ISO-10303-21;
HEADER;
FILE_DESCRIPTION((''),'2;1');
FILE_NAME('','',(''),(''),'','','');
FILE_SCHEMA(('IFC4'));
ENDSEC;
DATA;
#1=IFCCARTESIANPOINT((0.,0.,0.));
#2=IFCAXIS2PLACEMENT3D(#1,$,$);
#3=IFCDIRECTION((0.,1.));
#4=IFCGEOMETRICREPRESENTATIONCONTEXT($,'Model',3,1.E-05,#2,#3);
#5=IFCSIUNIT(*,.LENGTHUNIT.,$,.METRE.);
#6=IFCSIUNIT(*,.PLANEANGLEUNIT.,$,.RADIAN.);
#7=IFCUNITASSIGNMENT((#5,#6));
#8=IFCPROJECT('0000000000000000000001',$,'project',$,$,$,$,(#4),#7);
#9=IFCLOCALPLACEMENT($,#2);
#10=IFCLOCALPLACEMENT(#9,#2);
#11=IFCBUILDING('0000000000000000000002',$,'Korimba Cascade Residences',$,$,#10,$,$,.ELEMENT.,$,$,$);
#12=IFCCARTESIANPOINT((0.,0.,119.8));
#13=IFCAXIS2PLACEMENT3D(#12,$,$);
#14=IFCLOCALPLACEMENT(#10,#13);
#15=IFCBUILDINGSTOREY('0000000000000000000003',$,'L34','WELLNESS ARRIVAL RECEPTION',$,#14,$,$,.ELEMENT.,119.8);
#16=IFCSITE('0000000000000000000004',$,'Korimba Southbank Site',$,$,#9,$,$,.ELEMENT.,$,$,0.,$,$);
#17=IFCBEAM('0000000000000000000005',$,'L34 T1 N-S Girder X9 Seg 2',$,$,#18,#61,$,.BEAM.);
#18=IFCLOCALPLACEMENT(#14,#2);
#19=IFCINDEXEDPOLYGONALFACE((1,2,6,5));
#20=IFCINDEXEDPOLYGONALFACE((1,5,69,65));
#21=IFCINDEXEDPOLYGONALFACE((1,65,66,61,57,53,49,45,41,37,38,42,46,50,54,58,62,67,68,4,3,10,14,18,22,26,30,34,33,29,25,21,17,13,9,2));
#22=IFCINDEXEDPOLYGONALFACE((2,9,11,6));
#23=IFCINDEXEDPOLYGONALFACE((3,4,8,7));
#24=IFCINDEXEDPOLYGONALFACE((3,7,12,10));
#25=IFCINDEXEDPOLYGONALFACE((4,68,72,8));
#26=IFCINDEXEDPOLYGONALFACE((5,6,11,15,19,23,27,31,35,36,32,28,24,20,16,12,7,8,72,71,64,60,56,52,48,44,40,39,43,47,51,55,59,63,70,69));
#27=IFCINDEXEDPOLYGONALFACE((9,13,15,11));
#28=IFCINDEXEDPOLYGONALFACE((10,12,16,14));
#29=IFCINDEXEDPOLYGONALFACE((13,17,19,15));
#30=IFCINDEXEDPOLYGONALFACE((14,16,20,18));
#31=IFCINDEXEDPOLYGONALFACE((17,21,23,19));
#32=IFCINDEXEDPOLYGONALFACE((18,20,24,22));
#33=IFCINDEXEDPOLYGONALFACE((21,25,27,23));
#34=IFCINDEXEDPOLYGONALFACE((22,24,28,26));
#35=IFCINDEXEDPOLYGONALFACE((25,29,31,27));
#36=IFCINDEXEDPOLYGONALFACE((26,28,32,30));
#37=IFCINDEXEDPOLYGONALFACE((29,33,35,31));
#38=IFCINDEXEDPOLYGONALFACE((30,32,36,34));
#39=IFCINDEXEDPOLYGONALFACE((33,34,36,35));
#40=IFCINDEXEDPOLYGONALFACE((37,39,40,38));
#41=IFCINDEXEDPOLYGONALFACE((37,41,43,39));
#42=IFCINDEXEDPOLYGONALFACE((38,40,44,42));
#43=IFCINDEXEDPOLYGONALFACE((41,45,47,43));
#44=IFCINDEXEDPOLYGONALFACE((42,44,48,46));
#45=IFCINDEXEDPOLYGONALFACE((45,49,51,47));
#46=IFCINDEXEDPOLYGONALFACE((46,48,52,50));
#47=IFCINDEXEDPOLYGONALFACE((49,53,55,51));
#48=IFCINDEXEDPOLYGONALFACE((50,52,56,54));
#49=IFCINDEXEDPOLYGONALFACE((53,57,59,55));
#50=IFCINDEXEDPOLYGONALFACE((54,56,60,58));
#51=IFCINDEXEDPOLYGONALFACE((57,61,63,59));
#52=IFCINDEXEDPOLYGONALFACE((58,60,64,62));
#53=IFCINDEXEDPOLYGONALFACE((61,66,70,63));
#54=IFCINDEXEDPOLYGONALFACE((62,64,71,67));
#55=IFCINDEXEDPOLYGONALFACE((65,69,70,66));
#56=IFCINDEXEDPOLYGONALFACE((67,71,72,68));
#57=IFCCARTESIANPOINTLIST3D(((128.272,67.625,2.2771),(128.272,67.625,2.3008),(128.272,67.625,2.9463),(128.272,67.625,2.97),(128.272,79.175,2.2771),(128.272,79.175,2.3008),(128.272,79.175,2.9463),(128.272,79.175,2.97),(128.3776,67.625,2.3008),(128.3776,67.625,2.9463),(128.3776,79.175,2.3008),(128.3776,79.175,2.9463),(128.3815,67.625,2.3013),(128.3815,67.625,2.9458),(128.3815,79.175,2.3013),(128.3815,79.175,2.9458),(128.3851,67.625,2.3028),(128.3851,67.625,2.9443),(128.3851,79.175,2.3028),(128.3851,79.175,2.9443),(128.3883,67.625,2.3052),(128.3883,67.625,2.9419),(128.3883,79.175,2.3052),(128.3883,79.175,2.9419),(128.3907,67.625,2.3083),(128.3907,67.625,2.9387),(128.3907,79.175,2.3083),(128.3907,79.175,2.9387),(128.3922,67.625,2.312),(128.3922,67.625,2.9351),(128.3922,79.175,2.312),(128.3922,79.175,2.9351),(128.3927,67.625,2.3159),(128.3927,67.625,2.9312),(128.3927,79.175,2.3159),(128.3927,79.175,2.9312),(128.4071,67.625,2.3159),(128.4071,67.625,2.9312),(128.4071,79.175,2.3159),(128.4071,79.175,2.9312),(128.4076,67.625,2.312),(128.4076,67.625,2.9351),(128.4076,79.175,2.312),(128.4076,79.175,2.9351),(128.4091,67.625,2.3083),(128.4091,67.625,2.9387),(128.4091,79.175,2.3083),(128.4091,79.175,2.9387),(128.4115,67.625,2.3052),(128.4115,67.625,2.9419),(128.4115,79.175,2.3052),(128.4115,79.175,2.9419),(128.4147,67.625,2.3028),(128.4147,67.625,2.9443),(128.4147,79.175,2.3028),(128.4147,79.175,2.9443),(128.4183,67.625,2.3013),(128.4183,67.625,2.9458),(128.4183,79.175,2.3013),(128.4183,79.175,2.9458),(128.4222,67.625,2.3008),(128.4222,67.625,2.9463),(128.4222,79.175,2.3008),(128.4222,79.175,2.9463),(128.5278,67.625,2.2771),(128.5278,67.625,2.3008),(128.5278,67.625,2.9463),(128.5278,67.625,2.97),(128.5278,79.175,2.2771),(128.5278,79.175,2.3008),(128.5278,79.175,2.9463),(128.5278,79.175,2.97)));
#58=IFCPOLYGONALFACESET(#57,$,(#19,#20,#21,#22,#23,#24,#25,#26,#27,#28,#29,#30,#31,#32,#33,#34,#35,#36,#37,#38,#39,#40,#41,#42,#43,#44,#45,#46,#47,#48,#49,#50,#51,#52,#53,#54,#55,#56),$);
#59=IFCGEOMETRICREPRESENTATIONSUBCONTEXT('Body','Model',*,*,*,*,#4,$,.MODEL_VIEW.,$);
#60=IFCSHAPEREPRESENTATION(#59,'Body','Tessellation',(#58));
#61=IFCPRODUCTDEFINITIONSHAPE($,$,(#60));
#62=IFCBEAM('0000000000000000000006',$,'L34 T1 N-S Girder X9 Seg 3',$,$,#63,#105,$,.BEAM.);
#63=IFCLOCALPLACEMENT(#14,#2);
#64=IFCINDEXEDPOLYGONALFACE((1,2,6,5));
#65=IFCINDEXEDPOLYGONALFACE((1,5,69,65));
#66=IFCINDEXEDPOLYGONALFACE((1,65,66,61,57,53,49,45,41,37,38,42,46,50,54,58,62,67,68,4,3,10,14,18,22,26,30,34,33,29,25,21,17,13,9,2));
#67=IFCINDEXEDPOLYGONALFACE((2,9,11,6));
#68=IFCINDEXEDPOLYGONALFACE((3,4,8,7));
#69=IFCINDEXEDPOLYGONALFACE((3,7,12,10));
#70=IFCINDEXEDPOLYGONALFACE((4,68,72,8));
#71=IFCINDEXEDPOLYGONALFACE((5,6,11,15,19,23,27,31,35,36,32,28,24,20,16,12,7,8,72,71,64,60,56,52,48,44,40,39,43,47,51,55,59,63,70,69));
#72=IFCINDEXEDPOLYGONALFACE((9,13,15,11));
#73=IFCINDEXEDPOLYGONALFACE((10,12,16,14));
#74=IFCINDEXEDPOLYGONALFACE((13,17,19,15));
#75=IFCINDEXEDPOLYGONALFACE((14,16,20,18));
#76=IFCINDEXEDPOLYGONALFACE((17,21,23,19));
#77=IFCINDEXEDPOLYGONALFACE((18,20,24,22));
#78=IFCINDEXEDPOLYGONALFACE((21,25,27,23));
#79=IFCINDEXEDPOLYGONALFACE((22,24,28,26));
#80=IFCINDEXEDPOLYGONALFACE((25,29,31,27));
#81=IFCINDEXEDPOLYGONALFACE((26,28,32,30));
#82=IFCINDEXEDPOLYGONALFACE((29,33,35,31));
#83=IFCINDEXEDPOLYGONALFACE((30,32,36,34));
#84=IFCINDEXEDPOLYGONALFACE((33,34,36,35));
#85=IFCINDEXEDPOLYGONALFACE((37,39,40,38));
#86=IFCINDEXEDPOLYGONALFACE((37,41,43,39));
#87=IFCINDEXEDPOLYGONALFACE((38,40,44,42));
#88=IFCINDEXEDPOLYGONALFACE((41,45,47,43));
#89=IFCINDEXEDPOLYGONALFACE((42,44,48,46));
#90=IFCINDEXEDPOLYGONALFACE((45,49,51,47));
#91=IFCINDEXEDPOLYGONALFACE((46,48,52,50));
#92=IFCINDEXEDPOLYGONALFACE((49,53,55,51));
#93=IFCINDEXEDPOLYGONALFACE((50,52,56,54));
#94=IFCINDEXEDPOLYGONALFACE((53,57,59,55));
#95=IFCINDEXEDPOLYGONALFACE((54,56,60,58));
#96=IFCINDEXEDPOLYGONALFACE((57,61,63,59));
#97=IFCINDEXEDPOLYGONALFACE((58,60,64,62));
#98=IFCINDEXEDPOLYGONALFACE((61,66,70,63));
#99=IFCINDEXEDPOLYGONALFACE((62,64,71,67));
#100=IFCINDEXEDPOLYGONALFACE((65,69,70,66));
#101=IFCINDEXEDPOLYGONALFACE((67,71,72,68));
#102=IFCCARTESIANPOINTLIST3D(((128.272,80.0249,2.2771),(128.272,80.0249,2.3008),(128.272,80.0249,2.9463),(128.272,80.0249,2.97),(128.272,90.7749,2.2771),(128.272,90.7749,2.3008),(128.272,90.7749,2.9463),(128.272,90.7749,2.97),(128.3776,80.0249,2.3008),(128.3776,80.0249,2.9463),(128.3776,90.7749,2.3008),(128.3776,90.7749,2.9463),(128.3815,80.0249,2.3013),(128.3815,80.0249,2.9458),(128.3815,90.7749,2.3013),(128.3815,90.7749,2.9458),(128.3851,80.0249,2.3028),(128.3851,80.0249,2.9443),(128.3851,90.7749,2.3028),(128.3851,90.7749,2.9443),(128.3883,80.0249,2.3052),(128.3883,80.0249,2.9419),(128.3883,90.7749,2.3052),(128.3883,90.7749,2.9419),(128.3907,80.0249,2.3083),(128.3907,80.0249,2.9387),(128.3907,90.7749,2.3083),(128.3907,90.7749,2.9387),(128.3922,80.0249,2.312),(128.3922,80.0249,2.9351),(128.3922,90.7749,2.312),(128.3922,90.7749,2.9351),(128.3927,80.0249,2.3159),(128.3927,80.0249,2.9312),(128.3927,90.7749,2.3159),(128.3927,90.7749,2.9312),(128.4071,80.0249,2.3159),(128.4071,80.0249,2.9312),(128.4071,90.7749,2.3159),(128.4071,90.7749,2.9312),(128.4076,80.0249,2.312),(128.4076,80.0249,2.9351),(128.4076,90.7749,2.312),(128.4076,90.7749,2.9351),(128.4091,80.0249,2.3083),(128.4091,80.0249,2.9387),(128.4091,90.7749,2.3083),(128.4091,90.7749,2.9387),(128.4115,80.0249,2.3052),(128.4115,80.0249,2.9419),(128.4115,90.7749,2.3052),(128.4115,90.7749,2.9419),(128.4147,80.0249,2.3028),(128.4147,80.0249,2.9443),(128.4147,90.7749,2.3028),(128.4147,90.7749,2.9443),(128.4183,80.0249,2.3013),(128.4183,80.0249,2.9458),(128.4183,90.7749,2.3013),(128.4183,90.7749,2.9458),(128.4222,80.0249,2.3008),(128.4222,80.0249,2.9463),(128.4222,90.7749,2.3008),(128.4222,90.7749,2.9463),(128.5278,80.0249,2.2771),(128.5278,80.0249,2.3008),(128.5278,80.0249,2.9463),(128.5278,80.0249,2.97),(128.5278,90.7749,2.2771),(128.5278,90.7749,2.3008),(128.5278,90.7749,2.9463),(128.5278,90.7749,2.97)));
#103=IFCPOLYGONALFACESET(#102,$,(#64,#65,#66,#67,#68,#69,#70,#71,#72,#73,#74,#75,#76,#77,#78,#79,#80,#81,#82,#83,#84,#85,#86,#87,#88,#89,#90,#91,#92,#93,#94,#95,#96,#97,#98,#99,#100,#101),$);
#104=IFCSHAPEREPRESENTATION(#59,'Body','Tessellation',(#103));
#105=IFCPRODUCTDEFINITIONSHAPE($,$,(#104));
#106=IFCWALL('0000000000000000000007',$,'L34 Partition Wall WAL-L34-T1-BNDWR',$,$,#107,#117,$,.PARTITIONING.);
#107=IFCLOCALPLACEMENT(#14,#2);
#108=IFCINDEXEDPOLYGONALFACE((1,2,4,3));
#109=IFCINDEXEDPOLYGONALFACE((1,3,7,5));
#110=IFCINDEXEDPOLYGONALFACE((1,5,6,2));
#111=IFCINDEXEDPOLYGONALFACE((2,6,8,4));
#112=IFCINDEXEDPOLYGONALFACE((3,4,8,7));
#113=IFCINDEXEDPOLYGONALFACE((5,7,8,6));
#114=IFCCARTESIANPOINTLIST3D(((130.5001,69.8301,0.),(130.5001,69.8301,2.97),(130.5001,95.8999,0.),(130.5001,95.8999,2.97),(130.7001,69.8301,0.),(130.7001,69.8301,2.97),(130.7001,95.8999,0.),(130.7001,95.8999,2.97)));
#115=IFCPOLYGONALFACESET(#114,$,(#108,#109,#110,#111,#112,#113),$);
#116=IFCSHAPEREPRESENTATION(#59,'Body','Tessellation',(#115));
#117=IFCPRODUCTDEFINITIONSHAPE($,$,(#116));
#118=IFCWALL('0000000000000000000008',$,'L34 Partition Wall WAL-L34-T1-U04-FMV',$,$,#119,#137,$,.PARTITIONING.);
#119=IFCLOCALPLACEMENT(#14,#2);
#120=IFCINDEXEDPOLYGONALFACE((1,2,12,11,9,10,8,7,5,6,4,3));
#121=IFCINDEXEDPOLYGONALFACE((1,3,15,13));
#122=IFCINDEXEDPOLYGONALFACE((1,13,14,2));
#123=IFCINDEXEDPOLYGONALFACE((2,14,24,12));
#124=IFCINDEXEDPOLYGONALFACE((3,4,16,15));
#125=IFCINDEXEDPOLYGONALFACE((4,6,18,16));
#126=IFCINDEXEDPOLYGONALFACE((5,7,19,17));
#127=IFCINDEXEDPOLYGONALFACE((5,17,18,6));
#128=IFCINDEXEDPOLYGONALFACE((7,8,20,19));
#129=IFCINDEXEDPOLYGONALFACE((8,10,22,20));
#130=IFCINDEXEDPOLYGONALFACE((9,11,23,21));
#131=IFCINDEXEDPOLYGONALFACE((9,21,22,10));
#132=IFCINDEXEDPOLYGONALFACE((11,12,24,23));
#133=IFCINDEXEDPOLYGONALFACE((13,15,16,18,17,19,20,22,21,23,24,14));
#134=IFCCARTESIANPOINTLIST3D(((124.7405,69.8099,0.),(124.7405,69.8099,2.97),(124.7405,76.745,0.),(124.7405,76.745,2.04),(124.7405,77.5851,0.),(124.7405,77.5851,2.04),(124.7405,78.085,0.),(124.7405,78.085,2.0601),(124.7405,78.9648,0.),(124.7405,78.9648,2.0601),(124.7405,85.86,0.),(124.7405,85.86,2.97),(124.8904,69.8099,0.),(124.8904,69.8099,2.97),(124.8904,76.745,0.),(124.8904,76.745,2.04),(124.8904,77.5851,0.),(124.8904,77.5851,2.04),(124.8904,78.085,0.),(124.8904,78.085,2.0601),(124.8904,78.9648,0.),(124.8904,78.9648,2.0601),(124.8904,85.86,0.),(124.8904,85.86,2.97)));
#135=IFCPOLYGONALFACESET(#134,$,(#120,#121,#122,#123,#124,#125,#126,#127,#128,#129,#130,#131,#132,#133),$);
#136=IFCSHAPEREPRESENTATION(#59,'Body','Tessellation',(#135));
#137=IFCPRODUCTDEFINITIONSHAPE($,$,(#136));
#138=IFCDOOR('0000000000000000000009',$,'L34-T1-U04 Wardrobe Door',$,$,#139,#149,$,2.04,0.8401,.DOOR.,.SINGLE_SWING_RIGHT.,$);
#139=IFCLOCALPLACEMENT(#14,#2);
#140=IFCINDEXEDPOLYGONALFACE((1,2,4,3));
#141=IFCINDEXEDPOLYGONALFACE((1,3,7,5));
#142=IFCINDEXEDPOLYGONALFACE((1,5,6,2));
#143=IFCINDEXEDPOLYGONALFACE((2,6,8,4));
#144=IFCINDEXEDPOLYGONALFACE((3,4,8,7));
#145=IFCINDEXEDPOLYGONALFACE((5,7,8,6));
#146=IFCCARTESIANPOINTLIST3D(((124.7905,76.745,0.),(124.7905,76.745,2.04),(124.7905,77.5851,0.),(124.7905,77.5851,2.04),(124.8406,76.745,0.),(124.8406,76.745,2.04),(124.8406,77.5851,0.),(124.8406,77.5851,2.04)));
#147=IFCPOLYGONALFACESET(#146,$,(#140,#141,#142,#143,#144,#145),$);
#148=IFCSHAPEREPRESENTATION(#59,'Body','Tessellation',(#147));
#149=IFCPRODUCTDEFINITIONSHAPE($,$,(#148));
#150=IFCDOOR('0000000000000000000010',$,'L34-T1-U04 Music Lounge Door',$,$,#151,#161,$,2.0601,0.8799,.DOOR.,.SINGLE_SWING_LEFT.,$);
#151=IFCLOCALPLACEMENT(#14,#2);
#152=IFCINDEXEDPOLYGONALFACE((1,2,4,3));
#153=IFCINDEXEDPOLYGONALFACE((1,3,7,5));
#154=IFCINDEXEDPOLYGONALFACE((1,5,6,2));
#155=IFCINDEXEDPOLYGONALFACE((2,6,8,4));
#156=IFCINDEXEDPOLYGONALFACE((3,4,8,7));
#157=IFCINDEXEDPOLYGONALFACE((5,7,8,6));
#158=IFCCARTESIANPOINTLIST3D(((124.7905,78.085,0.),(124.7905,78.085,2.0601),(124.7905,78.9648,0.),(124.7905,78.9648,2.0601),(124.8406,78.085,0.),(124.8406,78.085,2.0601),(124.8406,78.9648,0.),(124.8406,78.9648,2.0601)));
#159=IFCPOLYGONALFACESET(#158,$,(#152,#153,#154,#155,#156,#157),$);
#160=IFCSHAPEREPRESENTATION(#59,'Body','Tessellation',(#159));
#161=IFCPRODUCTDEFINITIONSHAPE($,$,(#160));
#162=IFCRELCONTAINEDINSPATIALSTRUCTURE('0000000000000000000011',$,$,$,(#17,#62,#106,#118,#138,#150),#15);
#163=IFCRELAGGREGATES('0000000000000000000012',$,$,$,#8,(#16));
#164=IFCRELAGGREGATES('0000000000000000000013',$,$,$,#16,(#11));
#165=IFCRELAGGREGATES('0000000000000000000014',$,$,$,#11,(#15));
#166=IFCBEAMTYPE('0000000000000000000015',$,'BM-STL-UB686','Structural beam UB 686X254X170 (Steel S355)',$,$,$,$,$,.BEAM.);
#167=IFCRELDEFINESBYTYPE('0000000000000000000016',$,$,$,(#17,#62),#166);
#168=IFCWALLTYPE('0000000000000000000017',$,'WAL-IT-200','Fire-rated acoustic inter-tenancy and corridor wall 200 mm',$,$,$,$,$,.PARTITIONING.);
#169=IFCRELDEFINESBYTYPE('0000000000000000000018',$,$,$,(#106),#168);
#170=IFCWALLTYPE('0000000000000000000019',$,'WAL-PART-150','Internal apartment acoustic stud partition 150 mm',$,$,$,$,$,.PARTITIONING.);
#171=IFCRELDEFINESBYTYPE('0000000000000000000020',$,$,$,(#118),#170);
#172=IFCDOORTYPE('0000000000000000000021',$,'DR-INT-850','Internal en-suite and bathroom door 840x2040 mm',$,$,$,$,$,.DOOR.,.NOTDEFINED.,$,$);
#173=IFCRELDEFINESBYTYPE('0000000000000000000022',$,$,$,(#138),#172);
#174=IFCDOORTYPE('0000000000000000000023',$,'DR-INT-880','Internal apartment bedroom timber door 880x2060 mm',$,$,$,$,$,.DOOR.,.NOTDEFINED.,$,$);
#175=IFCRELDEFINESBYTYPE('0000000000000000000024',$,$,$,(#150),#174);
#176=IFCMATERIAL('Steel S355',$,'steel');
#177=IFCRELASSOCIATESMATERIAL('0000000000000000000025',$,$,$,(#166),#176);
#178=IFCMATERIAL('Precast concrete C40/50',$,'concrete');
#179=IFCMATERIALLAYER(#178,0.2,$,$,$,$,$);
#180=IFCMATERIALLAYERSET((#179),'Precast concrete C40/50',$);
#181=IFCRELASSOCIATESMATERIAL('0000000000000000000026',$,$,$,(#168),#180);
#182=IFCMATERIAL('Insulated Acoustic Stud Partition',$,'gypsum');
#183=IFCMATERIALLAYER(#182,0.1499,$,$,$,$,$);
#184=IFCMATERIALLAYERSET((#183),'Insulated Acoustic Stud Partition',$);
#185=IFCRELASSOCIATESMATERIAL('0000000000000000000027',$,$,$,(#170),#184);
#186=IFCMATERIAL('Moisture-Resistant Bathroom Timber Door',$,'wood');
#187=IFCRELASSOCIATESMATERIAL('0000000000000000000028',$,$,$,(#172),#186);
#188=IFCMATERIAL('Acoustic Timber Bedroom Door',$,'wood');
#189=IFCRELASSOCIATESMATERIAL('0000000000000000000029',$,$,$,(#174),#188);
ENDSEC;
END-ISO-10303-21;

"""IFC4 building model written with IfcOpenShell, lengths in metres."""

from ifc_helpers import new_model, si_unit, direction, frame, frame_2d, origin, origin_2d, place, context, subcontext, project, spatial, rectangle, i_section, extrude, material, layer, layer_set, material_profile, profile_set, type_object, element, fill, save


model = new_model("IFC4")

# Units and contexts
model_context = context("Model", 3, precision=1e-05, world=origin(), true_north=direction((0.0, 1.0)))
body_context = subcontext(model_context, "Body", "Model", "MODEL_VIEW")
ifc_project = project(units=[si_unit("LENGTHUNIT", "METRE"), si_unit("PLANEANGLEUNIT", "RADIAN")], contexts=[model_context])

# Site, building, storey
site_placement = place(None, origin())
site = spatial("IfcSite", under=ifc_project, at=site_placement, Name="Korimba Southbank Site", CompositionType="ELEMENT", RefElevation=0.0)
building_placement = place(site_placement, origin())
building = spatial("IfcBuilding", under=site, at=building_placement, Name="Korimba Cascade Residences", CompositionType="ELEMENT")
storey_placement = place(building_placement, frame((0.0, 0.0, 119.8)))
storey = spatial("IfcBuildingStorey", under=building, at=storey_placement, Name="L34", Description="WELLNESS ARRIVAL RECEPTION", CompositionType="ELEMENT", Elevation=119.8)

# Beams
ifc_material_1 = material(Name="Steel S355", Category="steel")
ifc_material_profile_1 = material_profile(ifc_material_1, i_section(OverallWidth=0.2559, OverallDepth=0.6929, WebThickness=0.0144, FlangeThickness=0.0237, FilletRadius=0.0151, at=origin_2d()), Name="Steel S355")
ifc_profile_set_1 = profile_set([ifc_material_profile_1], Name="Steel S355")
beam_type_1 = type_object("IfcBeamType", Name="BM-STL-UB686", Description="Structural beam UB 686X254X170 (Steel S355)", PredefinedType="BEAM", material=ifc_profile_set_1)
beam_1_placement = place(storey_placement, frame((128.3999, 67.625, 2.6235), z_axis=(0.0, 1.0, 0.0), x_axis=(-1.0, 0.0, 0.0)))
element("IfcBeam", 1, at=beam_1_placement, inside=storey, type_object=beam_type_1, Name="L34 T1 N-S Girder X9 Seg 2", PredefinedType="BEAM", context=body_context, shape_type="SweptSolid", body=[
    extrude(i_section(OverallWidth=0.2559, OverallDepth=0.6929, WebThickness=0.0144, FlangeThickness=0.0237, FilletRadius=0.0151, at=origin_2d()), origin(), (0.0, 0.0, 1.0), 11.55),
])
beam_2_placement = place(storey_placement, frame((128.3999, 80.0249, 2.6235), z_axis=(0.0, 1.0, 0.0), x_axis=(-1.0, 0.0, 0.0)))
element("IfcBeam", 2, at=beam_2_placement, inside=storey, type_object=beam_type_1, Name="L34 T1 N-S Girder X9 Seg 3", PredefinedType="BEAM", context=body_context, shape_type="SweptSolid", body=[
    extrude(i_section(OverallWidth=0.2559, OverallDepth=0.6929, WebThickness=0.0144, FlangeThickness=0.0237, FilletRadius=0.0151, at=origin_2d()), origin(), (0.0, 0.0, 1.0), 10.75),
])

# Wall
ifc_material_2 = material(Name="Precast concrete C40/50", Category="concrete")
ifc_layer_1 = layer(ifc_material_2, 0.2)
ifc_layer_set_1 = layer_set([ifc_layer_1], Name="Precast concrete C40/50")
wall_type_1 = type_object("IfcWallType", Name="WAL-IT-200", Description="Fire-rated acoustic inter-tenancy and corridor wall 200 mm", PredefinedType="PARTITIONING", material=ifc_layer_set_1)
wall_1_placement = place(storey_placement, frame((130.6001, 69.8301, 0.0), z_axis=(0.0, 0.0, 1.0), x_axis=(0.0, 1.0, 0.0)))
element("IfcWall", 3, at=wall_1_placement, inside=storey, type_object=wall_type_1, Name="L34 Partition Wall WAL-L34-T1-BNDWR", PredefinedType="PARTITIONING", context=body_context, shape_type="SweptSolid", body=[
    extrude(rectangle(XDim=26.0698, YDim=0.2, at=frame_2d((13.0349, 0.0))), origin(), (0.0, 0.0, 1.0), 2.97),
])

# Wall, openings, doors
ifc_material_3 = material(Name="Insulated Acoustic Stud Partition", Category="gypsum")
ifc_layer_2 = layer(ifc_material_3, 0.1499)
ifc_layer_set_2 = layer_set([ifc_layer_2], Name="Insulated Acoustic Stud Partition")
wall_type_2 = type_object("IfcWallType", Name="WAL-PART-150", Description="Internal apartment acoustic stud partition 150 mm", PredefinedType="PARTITIONING", material=ifc_layer_set_2)
wall_2_placement = place(storey_placement, frame((124.8154, 69.8101, 0.0), z_axis=(0.0, 0.0, 1.0), x_axis=(0.0, 1.0, 0.0)))
wall_2 = element("IfcWall", 4, at=wall_2_placement, inside=storey, type_object=wall_type_2, Name="L34 Partition Wall WAL-L34-T1-U04-FMV", PredefinedType="PARTITIONING", context=body_context, shape_type="SweptSolid", body=[
    extrude(rectangle(XDim=16.05, YDim=0.1499, at=frame_2d((8.0249, 0.0))), origin(), (0.0, 0.0, 1.0), 2.97),
])
opening_1_placement = place(wall_2_placement, frame((6.9351, 0.0, 0.0)))
opening_1 = element("IfcOpeningElement", 5, at=opening_1_placement, cuts=wall_2, PredefinedType="OPENING", context=body_context, shape_type="SweptSolid", body=[
    extrude(rectangle(XDim=0.8401, YDim=2.04, at=frame_2d((0.4199, 1.02))), frame((0.0, 0.085, 0.0), z_axis=(0.0, -1.0, 0.0), x_axis=(1.0, 0.0, 0.0)), (0.0, 0.0, 1.0), 0.1699),
])
opening_2_placement = place(wall_2_placement, frame((8.2749, 0.0, 0.0)))
opening_2 = element("IfcOpeningElement", 6, at=opening_2_placement, cuts=wall_2, PredefinedType="OPENING", context=body_context, shape_type="SweptSolid", body=[
    extrude(rectangle(XDim=0.8799, YDim=2.0601, at=frame_2d((0.4399, 1.03))), frame((0.0, 0.085, 0.0), z_axis=(0.0, -1.0, 0.0), x_axis=(1.0, 0.0, 0.0)), (0.0, 0.0, 1.0), 0.1699),
])
ifc_material_4 = material(Name="Moisture-Resistant Bathroom Timber Door", Category="wood")
door_type_1 = type_object("IfcDoorType", Name="DR-INT-850", Description="Internal en-suite and bathroom door 840x2040 mm", OperationType="NOTDEFINED", PredefinedType="DOOR", material=ifc_material_4)
door_1_placement = place(opening_1_placement, origin())
door_1 = element("IfcDoor", 7, at=door_1_placement, inside=storey, type_object=door_type_1, Name="L34-T1-U04 Wardrobe Door", OperationType="SINGLE_SWING_RIGHT", OverallHeight=2.04, OverallWidth=0.8401, PredefinedType="DOOR", context=body_context, shape_type="SweptSolid", body=[
    extrude(rectangle(XDim=0.8401, YDim=2.04, at=frame_2d((0.4199, 1.02))), frame((0.0, 0.0249, 0.0), z_axis=(0.0, -1.0, 0.0), x_axis=(1.0, 0.0, 0.0)), (0.0, 0.0, 1.0), 0.05),
])
fill(opening_1, door_1)
ifc_material_5 = material(Name="Acoustic Timber Bedroom Door", Category="wood")
door_type_2 = type_object("IfcDoorType", Name="DR-INT-880", Description="Internal apartment bedroom timber door 880x2060 mm", OperationType="NOTDEFINED", PredefinedType="DOOR", material=ifc_material_5)
door_2_placement = place(opening_2_placement, origin())
door_2 = element("IfcDoor", 8, at=door_2_placement, inside=storey, type_object=door_type_2, Name="L34-T1-U04 Music Lounge Door", OperationType="SINGLE_SWING_LEFT", OverallHeight=2.0601, OverallWidth=0.8799, PredefinedType="DOOR", context=body_context, shape_type="SweptSolid", body=[
    extrude(rectangle(XDim=0.8799, YDim=2.0601, at=frame_2d((0.4399, 1.03))), frame((0.0, 0.0249, 0.0), z_axis=(0.0, -1.0, 0.0), x_axis=(1.0, 0.0, 0.0)), (0.0, 0.0, 1.0), 0.05),
])
fill(opening_2, door_2)

save(model, "model.ifc")
